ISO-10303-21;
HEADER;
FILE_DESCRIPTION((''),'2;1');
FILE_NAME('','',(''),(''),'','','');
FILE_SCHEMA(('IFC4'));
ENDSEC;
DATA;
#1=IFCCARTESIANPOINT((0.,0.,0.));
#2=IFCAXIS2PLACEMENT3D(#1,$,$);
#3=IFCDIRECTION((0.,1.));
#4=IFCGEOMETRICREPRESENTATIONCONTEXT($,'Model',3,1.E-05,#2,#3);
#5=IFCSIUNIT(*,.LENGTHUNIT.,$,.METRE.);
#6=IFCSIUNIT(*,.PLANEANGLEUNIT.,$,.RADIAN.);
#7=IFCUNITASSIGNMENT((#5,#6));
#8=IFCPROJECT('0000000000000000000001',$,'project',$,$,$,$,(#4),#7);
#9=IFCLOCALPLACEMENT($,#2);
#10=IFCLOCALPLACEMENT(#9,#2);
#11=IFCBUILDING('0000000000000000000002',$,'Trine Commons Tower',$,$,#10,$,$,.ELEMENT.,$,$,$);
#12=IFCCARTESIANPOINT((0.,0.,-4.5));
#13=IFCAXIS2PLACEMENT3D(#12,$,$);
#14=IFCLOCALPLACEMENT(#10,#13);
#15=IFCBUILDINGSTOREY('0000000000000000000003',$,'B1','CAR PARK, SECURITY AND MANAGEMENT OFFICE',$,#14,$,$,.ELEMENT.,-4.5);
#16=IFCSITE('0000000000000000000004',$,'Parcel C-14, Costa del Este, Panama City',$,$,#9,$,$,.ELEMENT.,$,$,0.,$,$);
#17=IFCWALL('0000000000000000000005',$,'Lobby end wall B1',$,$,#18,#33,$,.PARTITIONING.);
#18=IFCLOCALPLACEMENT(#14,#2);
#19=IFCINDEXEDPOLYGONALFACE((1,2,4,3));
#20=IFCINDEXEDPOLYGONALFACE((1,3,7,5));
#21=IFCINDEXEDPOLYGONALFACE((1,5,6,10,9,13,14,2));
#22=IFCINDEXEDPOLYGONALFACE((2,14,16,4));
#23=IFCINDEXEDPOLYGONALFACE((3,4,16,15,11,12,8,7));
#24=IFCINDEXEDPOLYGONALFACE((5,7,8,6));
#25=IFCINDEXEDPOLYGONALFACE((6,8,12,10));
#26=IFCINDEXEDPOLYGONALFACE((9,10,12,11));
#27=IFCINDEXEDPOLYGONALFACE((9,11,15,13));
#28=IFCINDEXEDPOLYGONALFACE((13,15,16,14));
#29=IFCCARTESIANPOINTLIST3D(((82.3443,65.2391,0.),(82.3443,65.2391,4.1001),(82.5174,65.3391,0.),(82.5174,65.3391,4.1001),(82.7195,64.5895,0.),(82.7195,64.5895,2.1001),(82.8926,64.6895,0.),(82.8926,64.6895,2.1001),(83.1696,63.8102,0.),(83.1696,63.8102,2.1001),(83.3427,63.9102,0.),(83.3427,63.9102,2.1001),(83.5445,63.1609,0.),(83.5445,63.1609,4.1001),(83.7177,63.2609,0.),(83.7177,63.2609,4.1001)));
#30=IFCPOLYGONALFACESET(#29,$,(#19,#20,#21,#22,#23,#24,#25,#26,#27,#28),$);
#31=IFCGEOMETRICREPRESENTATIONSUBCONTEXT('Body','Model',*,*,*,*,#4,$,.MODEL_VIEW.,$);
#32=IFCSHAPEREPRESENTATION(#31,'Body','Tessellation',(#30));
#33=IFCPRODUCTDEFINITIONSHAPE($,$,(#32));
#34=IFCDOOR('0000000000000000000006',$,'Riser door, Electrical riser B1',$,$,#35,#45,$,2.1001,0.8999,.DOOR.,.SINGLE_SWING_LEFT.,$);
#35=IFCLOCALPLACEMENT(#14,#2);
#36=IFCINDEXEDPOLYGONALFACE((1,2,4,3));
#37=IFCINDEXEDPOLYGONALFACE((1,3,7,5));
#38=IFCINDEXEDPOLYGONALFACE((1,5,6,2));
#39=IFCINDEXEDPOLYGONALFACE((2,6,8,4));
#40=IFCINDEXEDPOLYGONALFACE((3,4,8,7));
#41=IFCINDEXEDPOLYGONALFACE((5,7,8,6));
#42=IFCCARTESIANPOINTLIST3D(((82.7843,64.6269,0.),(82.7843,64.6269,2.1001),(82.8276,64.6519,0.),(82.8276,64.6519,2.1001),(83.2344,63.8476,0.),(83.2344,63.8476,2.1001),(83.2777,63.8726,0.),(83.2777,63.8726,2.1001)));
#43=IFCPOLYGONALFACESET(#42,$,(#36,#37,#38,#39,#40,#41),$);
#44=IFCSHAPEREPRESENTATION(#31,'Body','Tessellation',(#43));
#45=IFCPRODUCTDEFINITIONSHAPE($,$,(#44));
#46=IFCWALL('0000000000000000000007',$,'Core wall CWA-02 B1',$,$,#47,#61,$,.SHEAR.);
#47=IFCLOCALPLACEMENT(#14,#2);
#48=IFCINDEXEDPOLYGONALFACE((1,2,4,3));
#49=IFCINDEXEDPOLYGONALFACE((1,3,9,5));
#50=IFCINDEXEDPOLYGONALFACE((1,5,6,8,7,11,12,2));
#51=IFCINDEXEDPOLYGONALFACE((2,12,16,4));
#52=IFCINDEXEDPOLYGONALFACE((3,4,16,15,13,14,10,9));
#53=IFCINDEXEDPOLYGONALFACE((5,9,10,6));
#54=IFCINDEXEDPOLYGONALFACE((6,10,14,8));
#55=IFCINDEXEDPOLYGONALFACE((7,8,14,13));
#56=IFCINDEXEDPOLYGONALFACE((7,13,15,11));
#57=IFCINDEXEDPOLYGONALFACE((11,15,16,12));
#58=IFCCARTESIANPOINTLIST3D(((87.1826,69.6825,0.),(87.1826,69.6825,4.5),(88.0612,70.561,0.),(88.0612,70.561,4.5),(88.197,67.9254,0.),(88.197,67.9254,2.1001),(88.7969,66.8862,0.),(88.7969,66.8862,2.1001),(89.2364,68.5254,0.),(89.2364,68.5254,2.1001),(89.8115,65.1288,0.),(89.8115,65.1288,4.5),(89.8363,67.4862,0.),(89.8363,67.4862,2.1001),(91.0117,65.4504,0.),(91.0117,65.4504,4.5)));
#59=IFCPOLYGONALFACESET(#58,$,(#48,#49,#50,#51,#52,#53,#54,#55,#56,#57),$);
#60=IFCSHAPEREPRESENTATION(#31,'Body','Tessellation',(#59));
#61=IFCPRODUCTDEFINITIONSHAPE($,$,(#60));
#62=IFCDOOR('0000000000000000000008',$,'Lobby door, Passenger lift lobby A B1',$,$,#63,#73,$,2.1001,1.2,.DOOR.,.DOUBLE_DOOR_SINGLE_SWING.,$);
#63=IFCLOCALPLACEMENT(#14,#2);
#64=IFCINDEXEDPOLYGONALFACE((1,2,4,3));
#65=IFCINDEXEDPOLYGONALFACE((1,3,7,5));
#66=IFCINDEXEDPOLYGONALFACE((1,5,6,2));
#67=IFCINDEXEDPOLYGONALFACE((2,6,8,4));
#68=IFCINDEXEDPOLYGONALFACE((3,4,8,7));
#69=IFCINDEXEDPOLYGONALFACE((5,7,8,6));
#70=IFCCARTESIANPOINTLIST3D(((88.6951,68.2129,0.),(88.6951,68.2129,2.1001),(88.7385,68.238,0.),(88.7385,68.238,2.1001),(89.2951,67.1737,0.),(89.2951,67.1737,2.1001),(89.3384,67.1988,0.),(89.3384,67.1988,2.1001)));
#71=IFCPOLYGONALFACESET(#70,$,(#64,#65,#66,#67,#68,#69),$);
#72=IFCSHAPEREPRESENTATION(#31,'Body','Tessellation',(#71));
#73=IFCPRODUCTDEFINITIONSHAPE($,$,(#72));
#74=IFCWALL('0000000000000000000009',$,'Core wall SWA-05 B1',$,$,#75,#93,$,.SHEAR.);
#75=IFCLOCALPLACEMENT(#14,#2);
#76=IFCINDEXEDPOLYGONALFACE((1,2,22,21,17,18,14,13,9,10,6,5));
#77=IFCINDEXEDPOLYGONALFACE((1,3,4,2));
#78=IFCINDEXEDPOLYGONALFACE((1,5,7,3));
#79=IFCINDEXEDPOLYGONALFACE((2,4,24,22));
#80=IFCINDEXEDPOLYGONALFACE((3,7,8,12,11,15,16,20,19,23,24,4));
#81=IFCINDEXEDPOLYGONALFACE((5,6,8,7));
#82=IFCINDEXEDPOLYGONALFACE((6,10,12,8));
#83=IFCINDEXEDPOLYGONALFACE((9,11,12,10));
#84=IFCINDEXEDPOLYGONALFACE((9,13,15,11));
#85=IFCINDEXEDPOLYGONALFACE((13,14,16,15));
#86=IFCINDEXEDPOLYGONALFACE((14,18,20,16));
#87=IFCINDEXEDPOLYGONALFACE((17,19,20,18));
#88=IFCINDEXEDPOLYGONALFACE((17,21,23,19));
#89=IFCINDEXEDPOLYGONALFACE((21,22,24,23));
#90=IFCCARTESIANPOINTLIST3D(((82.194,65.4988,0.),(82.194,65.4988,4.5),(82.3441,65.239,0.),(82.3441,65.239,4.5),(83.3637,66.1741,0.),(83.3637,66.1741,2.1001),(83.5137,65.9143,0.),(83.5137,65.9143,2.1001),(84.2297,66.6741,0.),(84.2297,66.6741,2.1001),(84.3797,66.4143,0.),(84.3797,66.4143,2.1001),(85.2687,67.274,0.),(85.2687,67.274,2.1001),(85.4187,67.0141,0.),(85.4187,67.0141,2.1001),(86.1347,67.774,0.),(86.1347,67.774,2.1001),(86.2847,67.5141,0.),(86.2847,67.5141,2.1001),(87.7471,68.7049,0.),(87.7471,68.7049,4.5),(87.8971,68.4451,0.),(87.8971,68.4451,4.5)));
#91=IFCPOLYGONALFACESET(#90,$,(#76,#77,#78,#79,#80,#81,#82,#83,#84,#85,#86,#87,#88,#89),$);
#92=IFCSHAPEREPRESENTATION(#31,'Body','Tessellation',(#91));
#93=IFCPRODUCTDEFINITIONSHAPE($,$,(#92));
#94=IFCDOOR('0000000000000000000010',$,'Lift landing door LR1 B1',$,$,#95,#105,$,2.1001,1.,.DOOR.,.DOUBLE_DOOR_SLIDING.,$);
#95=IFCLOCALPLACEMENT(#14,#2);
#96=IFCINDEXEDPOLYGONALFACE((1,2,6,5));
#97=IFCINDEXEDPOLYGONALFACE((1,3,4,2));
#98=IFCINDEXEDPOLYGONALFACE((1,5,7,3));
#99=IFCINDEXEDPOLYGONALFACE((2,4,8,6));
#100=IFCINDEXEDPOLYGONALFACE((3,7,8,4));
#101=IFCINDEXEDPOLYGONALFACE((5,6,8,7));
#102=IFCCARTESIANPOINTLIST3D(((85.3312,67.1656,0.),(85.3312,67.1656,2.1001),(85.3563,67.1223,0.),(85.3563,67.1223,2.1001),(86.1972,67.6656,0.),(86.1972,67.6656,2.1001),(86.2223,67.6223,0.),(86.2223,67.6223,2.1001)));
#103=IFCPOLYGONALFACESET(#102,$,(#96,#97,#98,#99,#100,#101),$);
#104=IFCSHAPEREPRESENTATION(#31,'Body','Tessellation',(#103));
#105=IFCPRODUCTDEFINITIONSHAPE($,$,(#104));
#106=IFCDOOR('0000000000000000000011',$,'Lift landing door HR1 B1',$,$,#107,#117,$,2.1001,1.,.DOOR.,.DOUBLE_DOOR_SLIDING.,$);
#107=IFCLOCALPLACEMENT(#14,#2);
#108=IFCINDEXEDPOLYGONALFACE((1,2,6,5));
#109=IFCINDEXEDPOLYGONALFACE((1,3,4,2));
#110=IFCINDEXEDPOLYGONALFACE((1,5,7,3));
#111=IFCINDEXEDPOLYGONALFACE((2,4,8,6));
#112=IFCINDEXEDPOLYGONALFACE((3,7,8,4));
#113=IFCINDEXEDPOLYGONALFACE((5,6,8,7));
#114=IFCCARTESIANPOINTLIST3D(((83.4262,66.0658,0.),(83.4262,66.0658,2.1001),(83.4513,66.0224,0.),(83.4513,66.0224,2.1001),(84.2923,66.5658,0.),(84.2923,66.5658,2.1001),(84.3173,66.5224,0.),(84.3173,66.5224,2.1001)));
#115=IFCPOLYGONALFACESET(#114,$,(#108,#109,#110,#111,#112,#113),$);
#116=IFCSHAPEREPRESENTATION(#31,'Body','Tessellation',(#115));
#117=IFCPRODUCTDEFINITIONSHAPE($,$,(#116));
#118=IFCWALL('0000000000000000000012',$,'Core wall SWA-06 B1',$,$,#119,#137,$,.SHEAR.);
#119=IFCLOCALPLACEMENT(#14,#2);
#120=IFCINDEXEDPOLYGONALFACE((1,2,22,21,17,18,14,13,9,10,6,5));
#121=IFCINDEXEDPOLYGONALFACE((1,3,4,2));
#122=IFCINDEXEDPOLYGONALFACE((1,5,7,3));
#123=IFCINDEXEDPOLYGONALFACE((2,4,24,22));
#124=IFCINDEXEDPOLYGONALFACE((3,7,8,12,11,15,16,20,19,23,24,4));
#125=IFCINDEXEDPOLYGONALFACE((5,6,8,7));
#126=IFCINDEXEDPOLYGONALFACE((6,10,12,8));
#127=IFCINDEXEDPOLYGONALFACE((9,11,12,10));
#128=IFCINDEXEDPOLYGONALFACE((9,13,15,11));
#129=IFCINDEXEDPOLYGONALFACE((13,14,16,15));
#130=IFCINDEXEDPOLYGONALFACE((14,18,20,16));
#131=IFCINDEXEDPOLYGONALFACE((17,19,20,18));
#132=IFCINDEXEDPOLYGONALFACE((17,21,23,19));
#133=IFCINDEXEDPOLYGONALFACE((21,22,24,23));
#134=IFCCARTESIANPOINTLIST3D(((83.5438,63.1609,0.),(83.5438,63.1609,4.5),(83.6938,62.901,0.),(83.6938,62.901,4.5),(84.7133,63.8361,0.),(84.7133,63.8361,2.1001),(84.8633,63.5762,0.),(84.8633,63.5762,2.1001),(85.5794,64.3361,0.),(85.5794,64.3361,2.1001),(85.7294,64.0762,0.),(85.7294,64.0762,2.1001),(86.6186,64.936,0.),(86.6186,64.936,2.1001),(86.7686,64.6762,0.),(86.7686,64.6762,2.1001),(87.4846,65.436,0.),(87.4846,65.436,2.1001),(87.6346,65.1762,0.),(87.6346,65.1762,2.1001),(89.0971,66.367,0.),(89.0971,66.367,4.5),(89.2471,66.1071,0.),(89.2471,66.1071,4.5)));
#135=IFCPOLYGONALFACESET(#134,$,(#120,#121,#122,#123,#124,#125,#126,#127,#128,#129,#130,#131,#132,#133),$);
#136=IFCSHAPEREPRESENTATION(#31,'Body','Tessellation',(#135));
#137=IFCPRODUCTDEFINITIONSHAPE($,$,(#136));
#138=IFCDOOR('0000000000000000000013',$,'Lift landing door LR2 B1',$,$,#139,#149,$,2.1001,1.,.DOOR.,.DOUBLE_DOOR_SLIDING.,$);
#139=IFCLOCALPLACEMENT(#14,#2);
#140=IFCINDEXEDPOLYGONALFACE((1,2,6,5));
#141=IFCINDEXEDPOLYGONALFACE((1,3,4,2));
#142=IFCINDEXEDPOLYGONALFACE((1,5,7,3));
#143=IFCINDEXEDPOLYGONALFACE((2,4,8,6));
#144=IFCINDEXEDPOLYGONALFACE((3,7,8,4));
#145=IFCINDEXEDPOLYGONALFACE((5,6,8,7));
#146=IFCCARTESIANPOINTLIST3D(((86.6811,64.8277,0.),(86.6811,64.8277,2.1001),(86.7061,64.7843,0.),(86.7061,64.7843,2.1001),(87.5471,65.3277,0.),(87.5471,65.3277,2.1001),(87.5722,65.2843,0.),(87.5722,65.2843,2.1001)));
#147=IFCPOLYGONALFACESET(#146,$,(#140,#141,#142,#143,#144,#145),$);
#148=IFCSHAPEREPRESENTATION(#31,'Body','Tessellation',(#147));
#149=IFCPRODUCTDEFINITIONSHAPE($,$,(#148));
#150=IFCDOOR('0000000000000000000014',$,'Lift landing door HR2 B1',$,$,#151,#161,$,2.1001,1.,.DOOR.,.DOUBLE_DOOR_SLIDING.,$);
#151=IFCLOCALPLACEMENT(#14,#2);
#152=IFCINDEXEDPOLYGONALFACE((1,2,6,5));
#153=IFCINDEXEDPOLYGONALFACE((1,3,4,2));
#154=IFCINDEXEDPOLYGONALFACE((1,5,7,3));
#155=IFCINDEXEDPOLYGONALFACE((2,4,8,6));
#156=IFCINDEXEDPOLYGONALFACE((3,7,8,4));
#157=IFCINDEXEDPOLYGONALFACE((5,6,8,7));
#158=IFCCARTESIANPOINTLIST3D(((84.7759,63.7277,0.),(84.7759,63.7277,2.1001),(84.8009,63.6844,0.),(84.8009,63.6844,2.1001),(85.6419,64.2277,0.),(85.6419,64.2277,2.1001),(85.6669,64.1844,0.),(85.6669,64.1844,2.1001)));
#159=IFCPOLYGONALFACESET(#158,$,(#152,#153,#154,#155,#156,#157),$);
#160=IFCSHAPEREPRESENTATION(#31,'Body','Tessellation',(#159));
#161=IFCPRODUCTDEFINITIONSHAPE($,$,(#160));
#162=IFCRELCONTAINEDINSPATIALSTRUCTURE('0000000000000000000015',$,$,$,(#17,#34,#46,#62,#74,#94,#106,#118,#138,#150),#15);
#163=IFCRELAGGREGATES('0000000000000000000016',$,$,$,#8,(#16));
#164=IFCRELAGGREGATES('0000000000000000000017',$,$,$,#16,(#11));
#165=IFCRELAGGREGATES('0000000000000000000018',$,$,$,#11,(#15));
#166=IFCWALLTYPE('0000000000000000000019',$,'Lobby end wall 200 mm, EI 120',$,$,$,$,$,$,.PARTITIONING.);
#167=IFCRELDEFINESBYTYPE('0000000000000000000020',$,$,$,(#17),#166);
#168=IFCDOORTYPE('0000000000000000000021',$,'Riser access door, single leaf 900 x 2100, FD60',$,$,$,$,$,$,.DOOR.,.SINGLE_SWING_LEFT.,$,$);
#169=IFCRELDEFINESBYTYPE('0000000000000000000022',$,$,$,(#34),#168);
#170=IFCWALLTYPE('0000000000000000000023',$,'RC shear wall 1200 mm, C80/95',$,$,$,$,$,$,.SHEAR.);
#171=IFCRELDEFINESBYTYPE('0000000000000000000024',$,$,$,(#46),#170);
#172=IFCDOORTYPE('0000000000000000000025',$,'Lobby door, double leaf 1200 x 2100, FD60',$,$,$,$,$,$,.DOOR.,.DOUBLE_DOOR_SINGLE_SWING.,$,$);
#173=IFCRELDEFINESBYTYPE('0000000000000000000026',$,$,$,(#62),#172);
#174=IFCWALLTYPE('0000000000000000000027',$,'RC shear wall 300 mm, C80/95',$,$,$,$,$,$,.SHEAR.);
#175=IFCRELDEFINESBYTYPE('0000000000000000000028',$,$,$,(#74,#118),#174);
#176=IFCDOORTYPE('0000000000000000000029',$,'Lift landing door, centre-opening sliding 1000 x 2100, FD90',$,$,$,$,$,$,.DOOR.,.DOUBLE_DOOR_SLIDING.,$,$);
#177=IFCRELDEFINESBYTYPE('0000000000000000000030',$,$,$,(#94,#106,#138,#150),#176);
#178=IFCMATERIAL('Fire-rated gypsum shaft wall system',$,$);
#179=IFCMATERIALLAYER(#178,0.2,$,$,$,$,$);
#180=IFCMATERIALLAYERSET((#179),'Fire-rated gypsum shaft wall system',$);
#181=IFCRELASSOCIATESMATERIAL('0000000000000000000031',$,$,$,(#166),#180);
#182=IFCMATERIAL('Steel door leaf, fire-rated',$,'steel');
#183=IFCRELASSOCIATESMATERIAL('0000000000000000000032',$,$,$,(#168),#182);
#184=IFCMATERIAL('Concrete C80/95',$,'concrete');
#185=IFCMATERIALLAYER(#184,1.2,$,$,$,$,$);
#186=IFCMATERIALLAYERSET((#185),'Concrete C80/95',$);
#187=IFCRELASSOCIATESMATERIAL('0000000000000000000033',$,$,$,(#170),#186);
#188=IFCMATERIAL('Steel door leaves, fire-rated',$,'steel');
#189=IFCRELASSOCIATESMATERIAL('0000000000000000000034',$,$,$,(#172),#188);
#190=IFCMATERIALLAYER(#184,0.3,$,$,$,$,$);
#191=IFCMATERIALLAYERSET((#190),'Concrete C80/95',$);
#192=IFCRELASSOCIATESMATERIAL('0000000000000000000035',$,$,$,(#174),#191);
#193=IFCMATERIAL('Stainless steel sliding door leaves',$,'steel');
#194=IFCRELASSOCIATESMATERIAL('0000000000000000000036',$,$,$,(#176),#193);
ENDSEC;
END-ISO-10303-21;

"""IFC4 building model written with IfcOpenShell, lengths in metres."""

from ifc_helpers import new_model, si_unit, direction, frame, frame_2d, origin, place, context, subcontext, project, spatial, polyline, rectangle, outline, extrude, material, layer, layer_set, type_object, element, fill, save


model = new_model("IFC4")

# Units and contexts
model_context = context("Model", 3, precision=1e-05, world=origin(), true_north=direction((0.0, 1.0)))
body_context = subcontext(model_context, "Body", "Model", "MODEL_VIEW")
ifc_project = project(units=[si_unit("LENGTHUNIT", "METRE"), si_unit("PLANEANGLEUNIT", "RADIAN")], contexts=[model_context])

# Site, building, storey
site_placement = place(None, origin())
site = spatial("IfcSite", under=ifc_project, at=site_placement, Name="Parcel C-14, Costa del Este, Panama City", CompositionType="ELEMENT", RefElevation=0.0)
building_placement = place(site_placement, origin())
building = spatial("IfcBuilding", under=site, at=building_placement, Name="Trine Commons Tower", CompositionType="ELEMENT")
storey_placement = place(building_placement, frame((0.0, 0.0, -4.5)))
storey = spatial("IfcBuildingStorey", under=building, at=storey_placement, Name="B1", Description="CAR PARK, SECURITY AND MANAGEMENT OFFICE", CompositionType="ELEMENT", Elevation=-4.5)

# Walls, openings, doors
ifc_material_1 = material(Name="Fire-rated gypsum shaft wall system")
ifc_layer_1 = layer(ifc_material_1, 0.2)
ifc_layer_set_1 = layer_set([ifc_layer_1], Name="Fire-rated gypsum shaft wall system")
wall_type_1 = type_object("IfcWallType", Name="Lobby end wall 200 mm, EI 120", PredefinedType="PARTITIONING", material=ifc_layer_set_1)
wall_1_placement = place(storey_placement, frame((83.6311, 63.2109, 0.0), z_axis=(0.0, 0.0, 1.0), x_axis=(-0.500122, 0.865955, 0.0)))
wall_1 = element("IfcWall", 1, at=wall_1_placement, inside=storey, type_object=wall_type_1, Name="Lobby end wall B1", PredefinedType="PARTITIONING", context=body_context, shape_type="SweptSolid", body=[
    extrude(rectangle(XDim=2.3999, YDim=0.2, at=frame_2d((1.2, 0.0))), origin(), (0.0, 0.0, 1.0), 4.1001),
])
opening_1_placement = place(wall_1_placement, frame((0.7498, 0.0, 0.0)))
opening_1 = element("IfcOpeningElement", 2, at=opening_1_placement, cuts=wall_1, PredefinedType="OPENING", context=body_context, shape_type="SweptSolid", body=[
    extrude(rectangle(XDim=0.8999, YDim=2.1001, at=frame_2d((0.45, 1.05))), frame((0.0, 0.1099, 0.0), z_axis=(0.0, -1.0, 0.0), x_axis=(1.0, 0.0, 0.0)), (0.0, 0.0, 1.0), 0.22),
])
ifc_material_2 = material(Name="Steel door leaf, fire-rated", Category="steel")
door_type_1 = type_object("IfcDoorType", Name="Riser access door, single leaf 900 x 2100, FD60", OperationType="SINGLE_SWING_LEFT", PredefinedType="DOOR", material=ifc_material_2)
door_1_placement = place(opening_1_placement, frame((0.8999, 0.0, 0.0), z_axis=(0.0, 0.0, 1.0), x_axis=(-1.0, 0.0, 0.0)))
door_1 = element("IfcDoor", 3, at=door_1_placement, inside=storey, type_object=door_type_1, Name="Riser door, Electrical riser B1", OperationType="SINGLE_SWING_LEFT", OverallHeight=2.1001, OverallWidth=0.8999, PredefinedType="DOOR", context=body_context, shape_type="SweptSolid", body=[
    extrude(rectangle(XDim=0.8999, YDim=2.1001, at=frame_2d((0.45, 1.05))), frame((0.0, 0.0249, 0.0), z_axis=(0.0, -1.0, 0.0), x_axis=(1.0, 0.0, 0.0)), (0.0, 0.0, 1.0), 0.05),
])
fill(opening_1, door_1)
ifc_material_3 = material(Name="Concrete C80/95", Category="concrete")
ifc_layer_2 = layer(ifc_material_3, 1.2)
ifc_layer_set_2 = layer_set([ifc_layer_2], Name="Concrete C80/95")
wall_type_2 = type_object("IfcWallType", Name="RC shear wall 1200 mm, C80/95", PredefinedType="SHEAR", material=ifc_layer_set_2)
wall_2_placement = place(storey_placement, frame((90.4919, 65.1504, 0.0), z_axis=(0.0, 0.0, 1.0), x_axis=(-0.499979, 0.866037, 0.0)))
wall_2 = element("IfcWall", 4, at=wall_2_placement, inside=storey, type_object=wall_type_2, Name="Core wall CWA-02 B1", PredefinedType="SHEAR", context=body_context, shape_type="SweptSolid", body=[
    extrude(outline(polyline([(0.0, -0.6001), (5.9011, -0.6001), (5.5796, 0.6001), (0.3215, 0.6001), (0.0, -0.6001)])), origin(), (0.0, 0.0, 1.0), 4.5),
])
opening_2_placement = place(wall_2_placement, frame((2.3506, 0.0, 0.0)))
opening_2 = element("IfcOpeningElement", 5, at=opening_2_placement, cuts=wall_2, PredefinedType="OPENING", context=body_context, shape_type="SweptSolid", body=[
    extrude(rectangle(XDim=1.2, YDim=2.1001, at=frame_2d((0.6001, 1.05))), frame((0.0, 0.6099, 0.0), z_axis=(0.0, -1.0, 0.0), x_axis=(1.0, 0.0, 0.0)), (0.0, 0.0, 1.0), 1.22),
])
ifc_material_4 = material(Name="Steel door leaves, fire-rated", Category="steel")
door_type_2 = type_object("IfcDoorType", Name="Lobby door, double leaf 1200 x 2100, FD60", OperationType="DOUBLE_DOOR_SINGLE_SWING", PredefinedType="DOOR", material=ifc_material_4)
door_2_placement = place(opening_2_placement, origin())
door_2 = element("IfcDoor", 6, at=door_2_placement, inside=storey, type_object=door_type_2, Name="Lobby door, Passenger lift lobby A B1", OperationType="DOUBLE_DOOR_SINGLE_SWING", OverallHeight=2.1001, OverallWidth=1.2, PredefinedType="DOOR", context=body_context, shape_type="SweptSolid", body=[
    extrude(rectangle(XDim=1.2, YDim=2.1001, at=frame_2d((0.6001, 1.05))), frame((0.0, 0.0249, 0.0), z_axis=(0.0, -1.0, 0.0), x_axis=(1.0, 0.0, 0.0)), (0.0, 0.0, 1.0), 0.05),
])
fill(opening_2, door_2)

# Walls, openings, doors
ifc_layer_3 = layer(ifc_material_3, 0.3)
ifc_layer_set_3 = layer_set([ifc_layer_3], Name="Concrete C80/95")
wall_type_3 = type_object("IfcWallType", Name="RC shear wall 300 mm, C80/95", PredefinedType="SHEAR", material=ifc_layer_set_3)
wall_3_placement = place(storey_placement, frame((82.269, 65.3689, 0.0), z_axis=(0.0, 0.0, 1.0), x_axis=(0.866023, 0.500005, 0.0)))
wall_3 = element("IfcWall", 7, at=wall_3_placement, inside=storey, type_object=wall_type_3, Name="Core wall SWA-05 B1", PredefinedType="SHEAR", context=body_context, shape_type="SweptSolid", body=[
    extrude(rectangle(XDim=6.4121, YDim=0.3, at=frame_2d((3.2061, 0.0))), origin(), (0.0, 0.0, 1.0), 4.5),
])
opening_3_placement = place(wall_3_placement, frame((3.5503, 0.0, 0.0)))
opening_3 = element("IfcOpeningElement", 8, at=opening_3_placement, cuts=wall_3, PredefinedType="OPENING", context=body_context, shape_type="SweptSolid", body=[
    extrude(rectangle(XDim=1.0, YDim=2.1001, at=frame_2d((0.5, 1.05))), frame((0.0, 0.1599, 0.0), z_axis=(0.0, -1.0, 0.0), x_axis=(1.0, 0.0, 0.0)), (0.0, 0.0, 1.0), 0.3201),
])
opening_4_placement = place(wall_3_placement, frame((1.3506, 0.0, 0.0)))
opening_4 = element("IfcOpeningElement", 9, at=opening_4_placement, cuts=wall_3, PredefinedType="OPENING", context=body_context, shape_type="SweptSolid", body=[
    extrude(rectangle(XDim=1.0, YDim=2.1001, at=frame_2d((0.5, 1.05))), frame((0.0, 0.1599, 0.0), z_axis=(0.0, -1.0, 0.0), x_axis=(1.0, 0.0, 0.0)), (0.0, 0.0, 1.0), 0.3201),
])
ifc_material_5 = material(Name="Stainless steel sliding door leaves", Category="steel")
door_type_3 = type_object("IfcDoorType", Name="Lift landing door, centre-opening sliding 1000 x 2100, FD90", OperationType="DOUBLE_DOOR_SLIDING", PredefinedType="DOOR", material=ifc_material_5)
door_3_placement = place(opening_3_placement, origin())
door_3 = element("IfcDoor", 10, at=door_3_placement, inside=storey, type_object=door_type_3, Name="Lift landing door LR1 B1", OperationType="DOUBLE_DOOR_SLIDING", OverallHeight=2.1001, OverallWidth=1.0, PredefinedType="DOOR", context=body_context, shape_type="SweptSolid", body=[
    extrude(rectangle(XDim=1.0, YDim=2.1001, at=frame_2d((0.5, 1.05))), frame((0.0, 0.0249, 0.0), z_axis=(0.0, -1.0, 0.0), x_axis=(1.0, 0.0, 0.0)), (0.0, 0.0, 1.0), 0.05),
])
fill(opening_3, door_3)
door_4_placement = place(opening_4_placement, origin())
door_4 = element("IfcDoor", 11, at=door_4_placement, inside=storey, type_object=door_type_3, Name="Lift landing door HR1 B1", OperationType="DOUBLE_DOOR_SLIDING", OverallHeight=2.1001, OverallWidth=1.0, PredefinedType="DOOR", context=body_context, shape_type="SweptSolid", body=[
    extrude(rectangle(XDim=1.0, YDim=2.1001, at=frame_2d((0.5, 1.05))), frame((0.0, 0.0249, 0.0), z_axis=(0.0, -1.0, 0.0), x_axis=(1.0, 0.0, 0.0)), (0.0, 0.0, 1.0), 0.05),
])
fill(opening_4, door_4)
wall_4_placement = place(storey_placement, frame((83.6189, 63.031, 0.0), z_axis=(0.0, 0.0, 1.0), x_axis=(0.866032, 0.499988, 0.0)))
wall_4 = element("IfcWall", 12, at=wall_4_placement, inside=storey, type_object=wall_type_3, Name="Core wall SWA-06 B1", PredefinedType="SHEAR", context=body_context, shape_type="SweptSolid", body=[
    extrude(rectangle(XDim=6.4124, YDim=0.3, at=frame_2d((3.2061, 0.0))), origin(), (0.0, 0.0, 1.0), 4.5),
])
opening_5_placement = place(wall_4_placement, frame((3.5503, 0.0, 0.0)))
opening_5 = element("IfcOpeningElement", 13, at=opening_5_placement, cuts=wall_4, PredefinedType="OPENING", context=body_context, shape_type="SweptSolid", body=[
    extrude(rectangle(XDim=1.0, YDim=2.1001, at=frame_2d((0.5, 1.05))), frame((0.0, 0.1599, 0.0), z_axis=(0.0, -1.0, 0.0), x_axis=(1.0, 0.0, 0.0)), (0.0, 0.0, 1.0), 0.3201),
])
opening_6_placement = place(wall_4_placement, frame((1.3503, 0.0, 0.0)))
opening_6 = element("IfcOpeningElement", 14, at=opening_6_placement, cuts=wall_4, PredefinedType="OPENING", context=body_context, shape_type="SweptSolid", body=[
    extrude(rectangle(XDim=1.0, YDim=2.1001, at=frame_2d((0.5, 1.05))), frame((0.0, 0.1599, 0.0), z_axis=(0.0, -1.0, 0.0), x_axis=(1.0, 0.0, 0.0)), (0.0, 0.0, 1.0), 0.3201),
])
door_5_placement = place(opening_5_placement, origin())
door_5 = element("IfcDoor", 15, at=door_5_placement, inside=storey, type_object=door_type_3, Name="Lift landing door LR2 B1", OperationType="DOUBLE_DOOR_SLIDING", OverallHeight=2.1001, OverallWidth=1.0, PredefinedType="DOOR", context=body_context, shape_type="SweptSolid", body=[
    extrude(rectangle(XDim=1.0, YDim=2.1001, at=frame_2d((0.5, 1.05))), frame((0.0, 0.0249, 0.0), z_axis=(0.0, -1.0, 0.0), x_axis=(1.0, 0.0, 0.0)), (0.0, 0.0, 1.0), 0.05),
])
fill(opening_5, door_5)
door_6_placement = place(opening_6_placement, origin())
door_6 = element("IfcDoor", 16, at=door_6_placement, inside=storey, type_object=door_type_3, Name="Lift landing door HR2 B1", OperationType="DOUBLE_DOOR_SLIDING", OverallHeight=2.1001, OverallWidth=1.0, PredefinedType="DOOR", context=body_context, shape_type="SweptSolid", body=[
    extrude(rectangle(XDim=1.0, YDim=2.1001, at=frame_2d((0.5, 1.05))), frame((0.0, 0.0249, 0.0), z_axis=(0.0, -1.0, 0.0), x_axis=(1.0, 0.0, 0.0)), (0.0, 0.0, 1.0), 0.05),
])
fill(opening_6, door_6)

save(model, "model.ifc")
